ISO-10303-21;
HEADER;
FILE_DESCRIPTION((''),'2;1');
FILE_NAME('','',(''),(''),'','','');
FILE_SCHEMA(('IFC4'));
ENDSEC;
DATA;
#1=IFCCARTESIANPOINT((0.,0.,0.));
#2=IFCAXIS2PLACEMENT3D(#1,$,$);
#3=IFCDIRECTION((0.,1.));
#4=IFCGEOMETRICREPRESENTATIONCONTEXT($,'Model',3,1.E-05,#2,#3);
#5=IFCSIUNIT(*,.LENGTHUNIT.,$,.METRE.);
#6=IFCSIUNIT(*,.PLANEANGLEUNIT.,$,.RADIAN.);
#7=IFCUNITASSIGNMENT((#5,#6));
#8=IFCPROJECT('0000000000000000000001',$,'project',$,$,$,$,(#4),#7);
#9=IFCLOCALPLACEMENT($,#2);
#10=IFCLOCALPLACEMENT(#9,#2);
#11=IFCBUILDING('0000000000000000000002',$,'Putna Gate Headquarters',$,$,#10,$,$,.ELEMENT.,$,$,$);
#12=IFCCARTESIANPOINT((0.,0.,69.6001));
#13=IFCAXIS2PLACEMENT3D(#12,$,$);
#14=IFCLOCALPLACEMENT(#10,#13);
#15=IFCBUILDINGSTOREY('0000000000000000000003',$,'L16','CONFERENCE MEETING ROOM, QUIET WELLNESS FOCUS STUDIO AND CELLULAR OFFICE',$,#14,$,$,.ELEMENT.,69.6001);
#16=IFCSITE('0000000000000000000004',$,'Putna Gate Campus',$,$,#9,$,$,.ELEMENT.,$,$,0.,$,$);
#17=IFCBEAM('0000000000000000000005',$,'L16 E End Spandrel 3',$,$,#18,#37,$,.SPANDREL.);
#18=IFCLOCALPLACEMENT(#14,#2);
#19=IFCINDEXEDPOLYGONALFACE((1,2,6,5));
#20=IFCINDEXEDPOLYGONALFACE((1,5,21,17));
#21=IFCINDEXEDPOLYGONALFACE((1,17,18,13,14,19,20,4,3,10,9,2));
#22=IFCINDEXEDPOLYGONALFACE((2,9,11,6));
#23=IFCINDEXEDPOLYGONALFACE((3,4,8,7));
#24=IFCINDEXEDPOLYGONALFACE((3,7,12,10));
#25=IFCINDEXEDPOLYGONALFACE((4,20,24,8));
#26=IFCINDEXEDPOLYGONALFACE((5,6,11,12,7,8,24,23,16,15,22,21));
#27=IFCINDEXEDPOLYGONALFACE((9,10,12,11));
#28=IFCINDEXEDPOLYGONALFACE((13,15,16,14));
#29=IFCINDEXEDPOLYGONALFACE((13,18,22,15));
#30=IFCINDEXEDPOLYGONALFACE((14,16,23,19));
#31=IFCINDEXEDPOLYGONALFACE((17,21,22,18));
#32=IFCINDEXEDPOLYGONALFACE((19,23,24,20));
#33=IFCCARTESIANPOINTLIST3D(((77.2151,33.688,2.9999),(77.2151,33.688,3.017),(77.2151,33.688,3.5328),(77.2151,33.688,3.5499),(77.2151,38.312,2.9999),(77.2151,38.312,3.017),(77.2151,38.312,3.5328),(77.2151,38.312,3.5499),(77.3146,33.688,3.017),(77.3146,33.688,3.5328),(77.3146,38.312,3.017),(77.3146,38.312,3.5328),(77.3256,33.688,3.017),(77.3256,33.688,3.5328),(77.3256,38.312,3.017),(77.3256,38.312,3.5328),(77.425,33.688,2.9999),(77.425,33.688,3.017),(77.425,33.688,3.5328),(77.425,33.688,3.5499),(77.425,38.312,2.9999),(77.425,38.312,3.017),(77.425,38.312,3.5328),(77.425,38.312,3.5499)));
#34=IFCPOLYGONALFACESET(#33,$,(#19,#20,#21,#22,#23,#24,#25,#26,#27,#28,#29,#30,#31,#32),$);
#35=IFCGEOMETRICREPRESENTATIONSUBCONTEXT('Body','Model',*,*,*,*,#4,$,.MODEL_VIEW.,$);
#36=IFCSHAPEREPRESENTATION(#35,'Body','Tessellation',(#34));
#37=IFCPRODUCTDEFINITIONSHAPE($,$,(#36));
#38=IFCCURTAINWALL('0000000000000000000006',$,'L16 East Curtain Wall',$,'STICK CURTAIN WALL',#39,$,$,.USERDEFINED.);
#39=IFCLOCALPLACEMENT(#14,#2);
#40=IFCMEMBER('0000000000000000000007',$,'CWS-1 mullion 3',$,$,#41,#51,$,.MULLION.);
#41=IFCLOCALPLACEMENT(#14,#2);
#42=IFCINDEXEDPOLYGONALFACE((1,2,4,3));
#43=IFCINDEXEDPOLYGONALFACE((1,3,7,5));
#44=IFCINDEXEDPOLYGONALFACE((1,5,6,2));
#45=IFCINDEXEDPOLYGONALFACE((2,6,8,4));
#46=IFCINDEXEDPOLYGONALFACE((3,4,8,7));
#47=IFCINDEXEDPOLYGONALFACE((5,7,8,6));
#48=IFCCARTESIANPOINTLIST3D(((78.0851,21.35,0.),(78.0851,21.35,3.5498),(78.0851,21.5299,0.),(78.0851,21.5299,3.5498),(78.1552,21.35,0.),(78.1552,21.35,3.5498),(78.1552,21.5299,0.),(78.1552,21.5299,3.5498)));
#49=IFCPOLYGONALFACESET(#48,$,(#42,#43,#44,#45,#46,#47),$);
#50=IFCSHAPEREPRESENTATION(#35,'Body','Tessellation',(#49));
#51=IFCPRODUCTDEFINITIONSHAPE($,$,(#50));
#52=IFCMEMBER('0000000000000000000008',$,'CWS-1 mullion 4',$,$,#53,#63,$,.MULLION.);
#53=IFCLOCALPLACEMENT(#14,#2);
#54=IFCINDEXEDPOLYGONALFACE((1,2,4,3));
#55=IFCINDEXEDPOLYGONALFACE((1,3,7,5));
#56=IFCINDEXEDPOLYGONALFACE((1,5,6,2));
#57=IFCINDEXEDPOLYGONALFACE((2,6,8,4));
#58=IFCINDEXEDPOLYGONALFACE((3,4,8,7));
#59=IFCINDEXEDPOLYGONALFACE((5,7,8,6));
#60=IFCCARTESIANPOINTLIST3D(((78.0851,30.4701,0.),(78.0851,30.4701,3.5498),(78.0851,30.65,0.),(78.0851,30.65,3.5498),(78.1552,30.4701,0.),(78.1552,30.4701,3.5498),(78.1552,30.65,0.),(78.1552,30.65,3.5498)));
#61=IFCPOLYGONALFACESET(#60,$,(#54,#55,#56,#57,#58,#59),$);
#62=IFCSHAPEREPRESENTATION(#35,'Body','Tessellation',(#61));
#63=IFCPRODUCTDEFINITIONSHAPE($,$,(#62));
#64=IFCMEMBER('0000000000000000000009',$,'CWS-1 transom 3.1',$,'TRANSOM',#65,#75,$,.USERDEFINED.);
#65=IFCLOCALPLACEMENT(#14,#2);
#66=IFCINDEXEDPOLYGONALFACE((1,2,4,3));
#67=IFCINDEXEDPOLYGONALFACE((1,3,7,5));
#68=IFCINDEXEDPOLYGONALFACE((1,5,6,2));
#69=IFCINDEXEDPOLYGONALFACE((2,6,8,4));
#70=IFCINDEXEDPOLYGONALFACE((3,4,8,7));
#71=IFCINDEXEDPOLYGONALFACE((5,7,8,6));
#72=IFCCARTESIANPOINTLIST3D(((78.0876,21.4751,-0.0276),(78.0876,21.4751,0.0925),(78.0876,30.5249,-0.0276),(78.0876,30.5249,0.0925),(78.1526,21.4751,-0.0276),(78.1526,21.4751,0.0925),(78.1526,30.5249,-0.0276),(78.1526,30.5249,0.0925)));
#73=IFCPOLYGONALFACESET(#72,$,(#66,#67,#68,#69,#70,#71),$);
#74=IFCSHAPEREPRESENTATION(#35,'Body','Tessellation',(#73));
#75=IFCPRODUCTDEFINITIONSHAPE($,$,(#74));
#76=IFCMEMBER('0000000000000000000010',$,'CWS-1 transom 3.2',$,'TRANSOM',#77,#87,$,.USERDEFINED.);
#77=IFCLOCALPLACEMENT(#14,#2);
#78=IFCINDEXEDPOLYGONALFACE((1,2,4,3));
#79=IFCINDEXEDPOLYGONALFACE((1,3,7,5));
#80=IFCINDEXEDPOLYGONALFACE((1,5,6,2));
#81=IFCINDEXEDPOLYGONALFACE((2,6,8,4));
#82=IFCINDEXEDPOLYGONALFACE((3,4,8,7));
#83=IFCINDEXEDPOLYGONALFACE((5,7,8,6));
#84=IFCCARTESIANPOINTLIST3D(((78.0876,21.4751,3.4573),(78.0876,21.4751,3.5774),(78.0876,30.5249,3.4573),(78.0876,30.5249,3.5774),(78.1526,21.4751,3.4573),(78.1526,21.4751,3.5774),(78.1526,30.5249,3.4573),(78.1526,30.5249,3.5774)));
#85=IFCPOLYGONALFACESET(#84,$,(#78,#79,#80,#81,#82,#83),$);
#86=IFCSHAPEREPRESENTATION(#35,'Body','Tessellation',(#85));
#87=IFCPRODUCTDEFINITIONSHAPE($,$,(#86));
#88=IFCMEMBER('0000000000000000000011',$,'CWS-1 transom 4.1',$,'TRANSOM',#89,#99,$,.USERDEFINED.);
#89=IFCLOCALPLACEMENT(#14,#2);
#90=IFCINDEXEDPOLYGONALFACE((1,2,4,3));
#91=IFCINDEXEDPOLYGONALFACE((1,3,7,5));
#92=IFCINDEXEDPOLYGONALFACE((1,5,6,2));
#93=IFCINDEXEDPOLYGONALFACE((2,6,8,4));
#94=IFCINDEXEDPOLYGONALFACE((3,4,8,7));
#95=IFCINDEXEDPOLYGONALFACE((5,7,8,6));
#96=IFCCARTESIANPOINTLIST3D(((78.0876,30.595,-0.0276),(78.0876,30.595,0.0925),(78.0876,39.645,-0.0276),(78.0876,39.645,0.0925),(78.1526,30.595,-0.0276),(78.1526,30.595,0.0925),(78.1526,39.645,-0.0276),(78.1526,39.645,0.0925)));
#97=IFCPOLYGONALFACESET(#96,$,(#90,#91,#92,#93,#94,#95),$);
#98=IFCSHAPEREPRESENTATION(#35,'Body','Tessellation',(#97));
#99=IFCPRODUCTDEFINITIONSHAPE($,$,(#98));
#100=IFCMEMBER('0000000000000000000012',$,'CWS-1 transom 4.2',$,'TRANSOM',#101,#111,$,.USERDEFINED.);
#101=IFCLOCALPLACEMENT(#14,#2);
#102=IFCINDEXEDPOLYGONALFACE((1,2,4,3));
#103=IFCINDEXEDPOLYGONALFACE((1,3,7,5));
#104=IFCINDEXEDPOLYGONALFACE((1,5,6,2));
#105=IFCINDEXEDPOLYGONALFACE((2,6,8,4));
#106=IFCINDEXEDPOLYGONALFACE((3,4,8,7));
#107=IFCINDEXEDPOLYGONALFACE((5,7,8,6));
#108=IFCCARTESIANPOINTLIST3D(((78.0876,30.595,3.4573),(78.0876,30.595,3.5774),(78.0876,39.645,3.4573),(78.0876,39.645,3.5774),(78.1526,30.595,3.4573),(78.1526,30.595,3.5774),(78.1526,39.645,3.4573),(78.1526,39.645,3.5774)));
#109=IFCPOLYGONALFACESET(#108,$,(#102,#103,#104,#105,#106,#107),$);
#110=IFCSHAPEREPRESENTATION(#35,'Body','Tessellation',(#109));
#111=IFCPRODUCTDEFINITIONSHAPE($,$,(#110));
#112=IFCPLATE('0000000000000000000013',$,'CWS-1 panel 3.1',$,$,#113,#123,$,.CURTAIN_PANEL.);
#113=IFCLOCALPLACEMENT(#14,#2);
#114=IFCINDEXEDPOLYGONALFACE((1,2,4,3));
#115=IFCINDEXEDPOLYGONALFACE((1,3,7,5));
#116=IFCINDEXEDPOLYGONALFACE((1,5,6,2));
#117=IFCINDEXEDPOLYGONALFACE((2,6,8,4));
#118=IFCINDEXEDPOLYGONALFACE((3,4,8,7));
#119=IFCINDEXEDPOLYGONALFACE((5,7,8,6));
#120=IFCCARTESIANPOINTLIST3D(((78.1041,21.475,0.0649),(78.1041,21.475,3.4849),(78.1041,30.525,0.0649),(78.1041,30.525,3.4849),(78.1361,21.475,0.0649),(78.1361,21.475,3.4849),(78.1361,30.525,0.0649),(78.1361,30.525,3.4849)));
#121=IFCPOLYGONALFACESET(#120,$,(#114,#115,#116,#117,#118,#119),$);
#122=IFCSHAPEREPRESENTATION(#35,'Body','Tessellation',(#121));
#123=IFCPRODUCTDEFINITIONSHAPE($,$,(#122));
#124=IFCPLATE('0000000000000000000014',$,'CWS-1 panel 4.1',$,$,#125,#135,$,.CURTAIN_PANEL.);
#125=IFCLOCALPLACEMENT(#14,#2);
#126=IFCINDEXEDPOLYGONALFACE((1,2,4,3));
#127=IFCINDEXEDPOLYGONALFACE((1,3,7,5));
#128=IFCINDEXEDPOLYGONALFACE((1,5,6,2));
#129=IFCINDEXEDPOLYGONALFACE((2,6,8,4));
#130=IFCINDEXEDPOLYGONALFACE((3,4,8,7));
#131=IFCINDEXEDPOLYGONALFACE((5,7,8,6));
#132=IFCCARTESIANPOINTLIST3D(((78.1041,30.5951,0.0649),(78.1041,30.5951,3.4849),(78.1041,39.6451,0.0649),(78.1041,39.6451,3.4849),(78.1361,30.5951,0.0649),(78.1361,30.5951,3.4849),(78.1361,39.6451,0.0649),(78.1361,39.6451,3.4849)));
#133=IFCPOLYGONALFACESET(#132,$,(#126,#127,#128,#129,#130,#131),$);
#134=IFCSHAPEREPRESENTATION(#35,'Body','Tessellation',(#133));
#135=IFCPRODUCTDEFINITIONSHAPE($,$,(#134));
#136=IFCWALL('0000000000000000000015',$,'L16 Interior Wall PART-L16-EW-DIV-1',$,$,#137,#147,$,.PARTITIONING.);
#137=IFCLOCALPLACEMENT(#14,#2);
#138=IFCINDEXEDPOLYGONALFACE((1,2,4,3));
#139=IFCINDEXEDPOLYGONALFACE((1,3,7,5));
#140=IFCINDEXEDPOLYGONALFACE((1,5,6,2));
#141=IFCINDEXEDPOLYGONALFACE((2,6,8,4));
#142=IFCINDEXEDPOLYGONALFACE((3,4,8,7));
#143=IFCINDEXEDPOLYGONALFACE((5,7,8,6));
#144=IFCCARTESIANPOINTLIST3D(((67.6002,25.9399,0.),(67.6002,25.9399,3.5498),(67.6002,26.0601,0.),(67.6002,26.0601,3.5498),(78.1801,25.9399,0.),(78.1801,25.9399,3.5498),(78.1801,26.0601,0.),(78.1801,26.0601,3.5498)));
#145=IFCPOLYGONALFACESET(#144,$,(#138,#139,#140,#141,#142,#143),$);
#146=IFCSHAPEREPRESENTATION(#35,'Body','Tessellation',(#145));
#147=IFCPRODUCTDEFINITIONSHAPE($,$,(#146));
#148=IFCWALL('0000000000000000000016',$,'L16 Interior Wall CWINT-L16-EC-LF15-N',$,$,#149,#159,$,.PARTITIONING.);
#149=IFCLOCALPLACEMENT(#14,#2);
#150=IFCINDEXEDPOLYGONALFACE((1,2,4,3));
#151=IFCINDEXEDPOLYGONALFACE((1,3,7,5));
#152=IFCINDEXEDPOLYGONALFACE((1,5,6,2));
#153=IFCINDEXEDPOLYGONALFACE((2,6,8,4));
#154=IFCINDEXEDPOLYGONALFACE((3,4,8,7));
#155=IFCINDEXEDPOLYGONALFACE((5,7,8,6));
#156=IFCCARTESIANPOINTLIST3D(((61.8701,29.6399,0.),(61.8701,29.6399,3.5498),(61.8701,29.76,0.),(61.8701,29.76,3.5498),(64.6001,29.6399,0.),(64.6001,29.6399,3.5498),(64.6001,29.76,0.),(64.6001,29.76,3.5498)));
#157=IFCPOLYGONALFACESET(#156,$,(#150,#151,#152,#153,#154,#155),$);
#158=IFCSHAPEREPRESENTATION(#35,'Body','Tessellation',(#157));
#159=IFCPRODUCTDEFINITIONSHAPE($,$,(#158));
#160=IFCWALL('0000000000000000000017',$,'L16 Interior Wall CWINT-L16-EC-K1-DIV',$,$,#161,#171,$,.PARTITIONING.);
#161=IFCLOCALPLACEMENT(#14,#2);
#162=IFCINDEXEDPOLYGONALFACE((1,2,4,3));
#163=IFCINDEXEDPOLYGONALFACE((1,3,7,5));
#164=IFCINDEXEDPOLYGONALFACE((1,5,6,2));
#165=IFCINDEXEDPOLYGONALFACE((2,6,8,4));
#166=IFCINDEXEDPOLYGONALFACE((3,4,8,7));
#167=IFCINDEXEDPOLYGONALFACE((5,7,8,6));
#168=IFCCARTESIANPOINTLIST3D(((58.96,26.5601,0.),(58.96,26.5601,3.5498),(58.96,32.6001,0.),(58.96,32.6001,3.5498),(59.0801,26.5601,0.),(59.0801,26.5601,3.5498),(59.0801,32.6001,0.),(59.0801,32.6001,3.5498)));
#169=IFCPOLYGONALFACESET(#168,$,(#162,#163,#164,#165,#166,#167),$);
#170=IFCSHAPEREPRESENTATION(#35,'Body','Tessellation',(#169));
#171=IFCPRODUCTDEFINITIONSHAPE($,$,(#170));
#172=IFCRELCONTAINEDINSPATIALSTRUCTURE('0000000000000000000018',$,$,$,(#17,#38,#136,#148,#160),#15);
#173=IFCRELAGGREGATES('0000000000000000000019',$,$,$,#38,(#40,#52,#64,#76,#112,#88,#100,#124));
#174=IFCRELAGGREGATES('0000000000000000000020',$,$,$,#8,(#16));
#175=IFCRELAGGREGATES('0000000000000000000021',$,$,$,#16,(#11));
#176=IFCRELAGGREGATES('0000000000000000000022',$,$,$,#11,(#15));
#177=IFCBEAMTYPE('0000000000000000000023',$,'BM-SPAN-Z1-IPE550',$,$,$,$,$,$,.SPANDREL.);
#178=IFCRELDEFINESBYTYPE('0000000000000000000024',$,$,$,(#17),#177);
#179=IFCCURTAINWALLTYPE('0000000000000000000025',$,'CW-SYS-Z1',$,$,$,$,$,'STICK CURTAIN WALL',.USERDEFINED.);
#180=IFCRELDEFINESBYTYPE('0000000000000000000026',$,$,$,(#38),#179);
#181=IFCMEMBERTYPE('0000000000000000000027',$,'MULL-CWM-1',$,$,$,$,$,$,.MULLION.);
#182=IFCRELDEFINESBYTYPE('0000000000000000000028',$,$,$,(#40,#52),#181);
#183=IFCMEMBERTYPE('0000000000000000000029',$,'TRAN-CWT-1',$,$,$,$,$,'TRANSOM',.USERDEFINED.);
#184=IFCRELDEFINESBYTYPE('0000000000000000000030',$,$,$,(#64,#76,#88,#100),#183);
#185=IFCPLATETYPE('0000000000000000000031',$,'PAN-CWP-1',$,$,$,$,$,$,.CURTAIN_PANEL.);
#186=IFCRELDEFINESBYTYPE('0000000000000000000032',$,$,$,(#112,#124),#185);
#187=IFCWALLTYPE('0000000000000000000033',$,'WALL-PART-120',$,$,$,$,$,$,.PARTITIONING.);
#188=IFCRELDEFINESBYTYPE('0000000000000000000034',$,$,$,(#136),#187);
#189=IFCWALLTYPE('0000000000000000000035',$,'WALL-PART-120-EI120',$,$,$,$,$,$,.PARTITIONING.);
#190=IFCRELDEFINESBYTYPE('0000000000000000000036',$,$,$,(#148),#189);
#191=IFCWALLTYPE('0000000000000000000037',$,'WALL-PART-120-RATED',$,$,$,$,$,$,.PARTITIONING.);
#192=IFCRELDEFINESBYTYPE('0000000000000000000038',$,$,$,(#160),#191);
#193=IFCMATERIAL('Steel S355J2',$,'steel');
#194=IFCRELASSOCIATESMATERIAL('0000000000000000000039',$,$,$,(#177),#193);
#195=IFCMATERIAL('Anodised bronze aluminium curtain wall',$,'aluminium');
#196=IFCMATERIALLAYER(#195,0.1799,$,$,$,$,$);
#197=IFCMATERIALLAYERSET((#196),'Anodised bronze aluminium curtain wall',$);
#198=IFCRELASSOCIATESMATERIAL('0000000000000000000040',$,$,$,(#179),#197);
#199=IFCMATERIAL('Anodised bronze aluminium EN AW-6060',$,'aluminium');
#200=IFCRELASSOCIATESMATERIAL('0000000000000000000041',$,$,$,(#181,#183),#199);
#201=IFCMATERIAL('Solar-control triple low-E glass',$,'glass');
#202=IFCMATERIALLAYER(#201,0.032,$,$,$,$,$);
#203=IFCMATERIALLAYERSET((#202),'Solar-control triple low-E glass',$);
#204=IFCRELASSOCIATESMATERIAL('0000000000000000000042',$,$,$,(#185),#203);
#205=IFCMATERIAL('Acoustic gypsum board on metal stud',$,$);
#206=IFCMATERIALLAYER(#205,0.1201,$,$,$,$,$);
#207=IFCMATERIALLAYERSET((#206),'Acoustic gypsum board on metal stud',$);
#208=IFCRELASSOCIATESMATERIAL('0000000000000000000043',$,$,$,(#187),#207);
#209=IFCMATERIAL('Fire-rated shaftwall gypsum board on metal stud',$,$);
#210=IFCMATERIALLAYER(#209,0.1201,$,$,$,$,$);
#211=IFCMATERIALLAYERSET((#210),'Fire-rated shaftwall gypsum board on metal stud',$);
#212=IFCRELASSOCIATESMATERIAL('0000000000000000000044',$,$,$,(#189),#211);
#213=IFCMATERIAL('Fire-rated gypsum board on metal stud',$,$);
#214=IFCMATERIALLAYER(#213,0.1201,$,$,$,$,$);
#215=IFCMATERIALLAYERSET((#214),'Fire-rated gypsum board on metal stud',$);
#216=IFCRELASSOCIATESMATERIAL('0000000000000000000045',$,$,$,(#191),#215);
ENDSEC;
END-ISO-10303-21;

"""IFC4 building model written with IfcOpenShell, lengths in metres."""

from ifc_helpers import new_model, si_unit, direction, frame, frame_2d, origin, origin_2d, place, context, subcontext, project, spatial, rectangle, i_section, extrude, material, layer, layer_set, material_profile, profile_set, type_object, element, aggregate, save


model = new_model("IFC4")

# Units and contexts
model_context = context("Model", 3, precision=1e-05, world=origin(), true_north=direction((0.0, 1.0)))
body_context = subcontext(model_context, "Body", "Model", "MODEL_VIEW")
ifc_project = project(units=[si_unit("LENGTHUNIT", "METRE"), si_unit("PLANEANGLEUNIT", "RADIAN")], contexts=[model_context])

# Site, building, storey
site_placement = place(None, origin())
site = spatial("IfcSite", under=ifc_project, at=site_placement, Name="Putna Gate Campus", CompositionType="ELEMENT", RefElevation=0.0)
building_placement = place(site_placement, origin())
building = spatial("IfcBuilding", under=site, at=building_placement, Name="Putna Gate Headquarters", CompositionType="ELEMENT")
storey_placement = place(building_placement, frame((0.0, 0.0, 69.6001)))
storey = spatial("IfcBuildingStorey", under=building, at=storey_placement, Name="L16", Description="CONFERENCE MEETING ROOM, QUIET WELLNESS FOCUS STUDIO AND CELLULAR OFFICE", CompositionType="ELEMENT", Elevation=69.6001)

# Beam
ifc_material_1 = material(Name="Steel S355J2", Category="steel")
ifc_material_profile_1 = material_profile(ifc_material_1, i_section(OverallWidth=0.21, OverallDepth=0.55, WebThickness=0.011, FlangeThickness=0.0171, at=origin_2d()), Name="Steel S355J2")
ifc_profile_set_1 = profile_set([ifc_material_profile_1], Name="Steel S355J2")
beam_type_1 = type_object("IfcBeamType", Name="BM-SPAN-Z1-IPE550", PredefinedType="SPANDREL", material=ifc_profile_set_1)
beam_1_placement = place(storey_placement, frame((77.3201, 33.688, 3.2749), z_axis=(0.0, 1.0, 0.0), x_axis=(-1.0, 0.0, 0.0)))
element("IfcBeam", 1, at=beam_1_placement, inside=storey, type_object=beam_type_1, Name="L16 E End Spandrel 3", PredefinedType="SPANDREL", context=body_context, shape_type="SweptSolid", body=[
    extrude(i_section(OverallWidth=0.21, OverallDepth=0.55, WebThickness=0.011, FlangeThickness=0.0171, at=origin_2d()), origin(), (0.0, 0.0, 1.0), 4.624),
])

# Curtain wall, members, plates
ifc_material_2 = material(Name="Anodised bronze aluminium curtain wall", Category="aluminium")
ifc_layer_1 = layer(ifc_material_2, 0.1799)
ifc_layer_set_1 = layer_set([ifc_layer_1], Name="Anodised bronze aluminium curtain wall")
curtain_wall_type = type_object("IfcCurtainWallType", Name="CW-SYS-Z1", ElementType="STICK CURTAIN WALL", PredefinedType="USERDEFINED", material=ifc_layer_set_1)
curtain_wall_placement = place(storey_placement, origin())
curtain_wall = element("IfcCurtainWall", 2, at=curtain_wall_placement, inside=storey, type_object=curtain_wall_type, Name="L16 East Curtain Wall", ObjectType="STICK CURTAIN WALL", PredefinedType="USERDEFINED")
ifc_material_3 = material(Name="Anodised bronze aluminium EN AW-6060", Category="aluminium")
ifc_material_profile_2 = material_profile(ifc_material_3, rectangle(XDim=0.0701, YDim=0.1799, at=origin_2d()), Name="Anodised bronze aluminium EN AW-6060")
ifc_profile_set_2 = profile_set([ifc_material_profile_2], Name="Anodised bronze aluminium EN AW-6060")
member_type_1 = type_object("IfcMemberType", Name="MULL-CWM-1", PredefinedType="MULLION", material=ifc_profile_set_2)
member_1_placement = place(storey_placement, frame((78.1201, 21.4399, 0.0), z_axis=(0.0, 0.0, 1.0), x_axis=(-1.0, 0.0, 0.0)))
member_1 = element("IfcMember", 3, at=member_1_placement, type_object=member_type_1, Name="CWS-1 mullion 3", PredefinedType="MULLION", context=body_context, shape_type="SweptSolid", body=[
    extrude(rectangle(XDim=0.0701, YDim=0.1799, at=origin_2d()), origin(), (0.0, 0.0, 1.0), 3.5498),
])
member_2_placement = place(storey_placement, frame((78.1201, 30.5601, 0.0), z_axis=(0.0, 0.0, 1.0), x_axis=(-1.0, 0.0, 0.0)))
member_2 = element("IfcMember", 4, at=member_2_placement, type_object=member_type_1, Name="CWS-1 mullion 4", PredefinedType="MULLION", context=body_context, shape_type="SweptSolid", body=[
    extrude(rectangle(XDim=0.0701, YDim=0.1799, at=origin_2d()), origin(), (0.0, 0.0, 1.0), 3.5498),
])
ifc_material_profile_3 = material_profile(ifc_material_3, rectangle(XDim=0.0649, YDim=0.1201, at=origin_2d()), Name="Anodised bronze aluminium EN AW-6060")
ifc_profile_set_3 = profile_set([ifc_material_profile_3], Name="Anodised bronze aluminium EN AW-6060")
member_type_2 = type_object("IfcMemberType", Name="TRAN-CWT-1", ElementType="TRANSOM", PredefinedType="USERDEFINED", material=ifc_profile_set_3)
member_3_placement = place(storey_placement, frame((78.1201, 21.4751, 0.0325), z_axis=(0.0, 1.0, 0.0), x_axis=(-1.0, 0.0, 0.0)))
member_3 = element("IfcMember", 5, at=member_3_placement, type_object=member_type_2, Name="CWS-1 transom 3.1", ObjectType="TRANSOM", PredefinedType="USERDEFINED", context=body_context, shape_type="SweptSolid", body=[
    extrude(rectangle(XDim=0.0649, YDim=0.1201, at=origin_2d()), origin(), (0.0, 0.0, 1.0), 9.0498),
])
member_4_placement = place(storey_placement, frame((78.1201, 21.4751, 3.5173), z_axis=(0.0, 1.0, 0.0), x_axis=(-1.0, 0.0, 0.0)))
member_4 = element("IfcMember", 6, at=member_4_placement, type_object=member_type_2, Name="CWS-1 transom 3.2", ObjectType="TRANSOM", PredefinedType="USERDEFINED", context=body_context, shape_type="SweptSolid", body=[
    extrude(rectangle(XDim=0.0649, YDim=0.1201, at=origin_2d()), origin(), (0.0, 0.0, 1.0), 9.0498),
])
member_5_placement = place(storey_placement, frame((78.1201, 30.595, 0.0325), z_axis=(0.0, 1.0, 0.0), x_axis=(-1.0, 0.0, 0.0)))
member_5 = element("IfcMember", 7, at=member_5_placement, type_object=member_type_2, Name="CWS-1 transom 4.1", ObjectType="TRANSOM", PredefinedType="USERDEFINED", context=body_context, shape_type="SweptSolid", body=[
    extrude(rectangle(XDim=0.0649, YDim=0.1201, at=origin_2d()), origin(), (0.0, 0.0, 1.0), 9.05),
])
member_6_placement = place(storey_placement, frame((78.1201, 30.595, 3.5173), z_axis=(0.0, 1.0, 0.0), x_axis=(-1.0, 0.0, 0.0)))
member_6 = element("IfcMember", 8, at=member_6_placement, type_object=member_type_2, Name="CWS-1 transom 4.2", ObjectType="TRANSOM", PredefinedType="USERDEFINED", context=body_context, shape_type="SweptSolid", body=[
    extrude(rectangle(XDim=0.0649, YDim=0.1201, at=origin_2d()), origin(), (0.0, 0.0, 1.0), 9.05),
])
ifc_material_4 = material(Name="Solar-control triple low-E glass", Category="glass")
ifc_layer_2 = layer(ifc_material_4, 0.032)
ifc_layer_set_2 = layer_set([ifc_layer_2], Name="Solar-control triple low-E glass")
plate_type = type_object("IfcPlateType", Name="PAN-CWP-1", PredefinedType="CURTAIN_PANEL", material=ifc_layer_set_2)
plate_1_placement = place(storey_placement, frame((78.1201, 26.0, 0.0649), z_axis=(0.0, 0.0, 1.0), x_axis=(0.0, 1.0, 0.0)))
plate_1 = element("IfcPlate", 9, at=plate_1_placement, type_object=plate_type, Name="CWS-1 panel 3.1", PredefinedType="CURTAIN_PANEL", context=body_context, shape_type="SweptSolid", body=[
    extrude(rectangle(XDim=9.05, YDim=0.032, at=origin_2d()), origin(), (0.0, 0.0, 1.0), 3.4199),
])
plate_2_placement = place(storey_placement, frame((78.1201, 35.1201, 0.0649), z_axis=(0.0, 0.0, 1.0), x_axis=(0.0, 1.0, 0.0)))
plate_2 = element("IfcPlate", 10, at=plate_2_placement, type_object=plate_type, Name="CWS-1 panel 4.1", PredefinedType="CURTAIN_PANEL", context=body_context, shape_type="SweptSolid", body=[
    extrude(rectangle(XDim=9.05, YDim=0.032, at=origin_2d()), origin(), (0.0, 0.0, 1.0), 3.4199),
])
aggregate(curtain_wall, [member_1, member_2, member_3, member_4, plate_1, member_5, member_6, plate_2])

# Walls
ifc_material_5 = material(Name="Acoustic gypsum board on metal stud")
ifc_layer_3 = layer(ifc_material_5, 0.1201)
ifc_layer_set_3 = layer_set([ifc_layer_3], Name="Acoustic gypsum board on metal stud")
wall_type_1 = type_object("IfcWallType", Name="WALL-PART-120", PredefinedType="PARTITIONING", material=ifc_layer_set_3)
wall_1_placement = place(storey_placement, frame((67.6001, 26.0, 0.0), z_axis=(0.0, 0.0, 1.0), x_axis=(1.0, 0.0, 0.0)))
element("IfcWall", 11, at=wall_1_placement, inside=storey, type_object=wall_type_1, Name="L16 Interior Wall PART-L16-EW-DIV-1", PredefinedType="PARTITIONING", context=body_context, shape_type="SweptSolid", body=[
    extrude(rectangle(XDim=10.5798, YDim=0.1201, at=frame_2d((5.29, 0.0))), origin(), (0.0, 0.0, 1.0), 3.5498),
])
ifc_material_6 = material(Name="Fire-rated shaftwall gypsum board on metal stud")
ifc_layer_4 = layer(ifc_material_6, 0.1201)
ifc_layer_set_4 = layer_set([ifc_layer_4], Name="Fire-rated shaftwall gypsum board on metal stud")
wall_type_2 = type_object("IfcWallType", Name="WALL-PART-120-EI120", PredefinedType="PARTITIONING", material=ifc_layer_set_4)
wall_2_placement = place(storey_placement, frame((61.8701, 29.7, 0.0), z_axis=(0.0, 0.0, 1.0), x_axis=(1.0, 0.0, 0.0)))
element("IfcWall", 12, at=wall_2_placement, inside=storey, type_object=wall_type_2, Name="L16 Interior Wall CWINT-L16-EC-LF15-N", PredefinedType="PARTITIONING", context=body_context, shape_type="SweptSolid", body=[
    extrude(rectangle(XDim=2.73, YDim=0.1201, at=frame_2d((1.365, 0.0))), origin(), (0.0, 0.0, 1.0), 3.5498),
])
ifc_material_7 = material(Name="Fire-rated gypsum board on metal stud")
ifc_layer_5 = layer(ifc_material_7, 0.1201)
ifc_layer_set_5 = layer_set([ifc_layer_5], Name="Fire-rated gypsum board on metal stud")
wall_type_3 = type_object("IfcWallType", Name="WALL-PART-120-RATED", PredefinedType="PARTITIONING", material=ifc_layer_set_5)
wall_3_placement = place(storey_placement, frame((59.02, 26.5601, 0.0), z_axis=(0.0, 0.0, 1.0), x_axis=(0.0, 1.0, 0.0)))
element("IfcWall", 13, at=wall_3_placement, inside=storey, type_object=wall_type_3, Name="L16 Interior Wall CWINT-L16-EC-K1-DIV", PredefinedType="PARTITIONING", context=body_context, shape_type="SweptSolid", body=[
    extrude(rectangle(XDim=6.04, YDim=0.1201, at=frame_2d((3.02, 0.0))), origin(), (0.0, 0.0, 1.0), 3.5498),
])

save(model, "model.ifc")
